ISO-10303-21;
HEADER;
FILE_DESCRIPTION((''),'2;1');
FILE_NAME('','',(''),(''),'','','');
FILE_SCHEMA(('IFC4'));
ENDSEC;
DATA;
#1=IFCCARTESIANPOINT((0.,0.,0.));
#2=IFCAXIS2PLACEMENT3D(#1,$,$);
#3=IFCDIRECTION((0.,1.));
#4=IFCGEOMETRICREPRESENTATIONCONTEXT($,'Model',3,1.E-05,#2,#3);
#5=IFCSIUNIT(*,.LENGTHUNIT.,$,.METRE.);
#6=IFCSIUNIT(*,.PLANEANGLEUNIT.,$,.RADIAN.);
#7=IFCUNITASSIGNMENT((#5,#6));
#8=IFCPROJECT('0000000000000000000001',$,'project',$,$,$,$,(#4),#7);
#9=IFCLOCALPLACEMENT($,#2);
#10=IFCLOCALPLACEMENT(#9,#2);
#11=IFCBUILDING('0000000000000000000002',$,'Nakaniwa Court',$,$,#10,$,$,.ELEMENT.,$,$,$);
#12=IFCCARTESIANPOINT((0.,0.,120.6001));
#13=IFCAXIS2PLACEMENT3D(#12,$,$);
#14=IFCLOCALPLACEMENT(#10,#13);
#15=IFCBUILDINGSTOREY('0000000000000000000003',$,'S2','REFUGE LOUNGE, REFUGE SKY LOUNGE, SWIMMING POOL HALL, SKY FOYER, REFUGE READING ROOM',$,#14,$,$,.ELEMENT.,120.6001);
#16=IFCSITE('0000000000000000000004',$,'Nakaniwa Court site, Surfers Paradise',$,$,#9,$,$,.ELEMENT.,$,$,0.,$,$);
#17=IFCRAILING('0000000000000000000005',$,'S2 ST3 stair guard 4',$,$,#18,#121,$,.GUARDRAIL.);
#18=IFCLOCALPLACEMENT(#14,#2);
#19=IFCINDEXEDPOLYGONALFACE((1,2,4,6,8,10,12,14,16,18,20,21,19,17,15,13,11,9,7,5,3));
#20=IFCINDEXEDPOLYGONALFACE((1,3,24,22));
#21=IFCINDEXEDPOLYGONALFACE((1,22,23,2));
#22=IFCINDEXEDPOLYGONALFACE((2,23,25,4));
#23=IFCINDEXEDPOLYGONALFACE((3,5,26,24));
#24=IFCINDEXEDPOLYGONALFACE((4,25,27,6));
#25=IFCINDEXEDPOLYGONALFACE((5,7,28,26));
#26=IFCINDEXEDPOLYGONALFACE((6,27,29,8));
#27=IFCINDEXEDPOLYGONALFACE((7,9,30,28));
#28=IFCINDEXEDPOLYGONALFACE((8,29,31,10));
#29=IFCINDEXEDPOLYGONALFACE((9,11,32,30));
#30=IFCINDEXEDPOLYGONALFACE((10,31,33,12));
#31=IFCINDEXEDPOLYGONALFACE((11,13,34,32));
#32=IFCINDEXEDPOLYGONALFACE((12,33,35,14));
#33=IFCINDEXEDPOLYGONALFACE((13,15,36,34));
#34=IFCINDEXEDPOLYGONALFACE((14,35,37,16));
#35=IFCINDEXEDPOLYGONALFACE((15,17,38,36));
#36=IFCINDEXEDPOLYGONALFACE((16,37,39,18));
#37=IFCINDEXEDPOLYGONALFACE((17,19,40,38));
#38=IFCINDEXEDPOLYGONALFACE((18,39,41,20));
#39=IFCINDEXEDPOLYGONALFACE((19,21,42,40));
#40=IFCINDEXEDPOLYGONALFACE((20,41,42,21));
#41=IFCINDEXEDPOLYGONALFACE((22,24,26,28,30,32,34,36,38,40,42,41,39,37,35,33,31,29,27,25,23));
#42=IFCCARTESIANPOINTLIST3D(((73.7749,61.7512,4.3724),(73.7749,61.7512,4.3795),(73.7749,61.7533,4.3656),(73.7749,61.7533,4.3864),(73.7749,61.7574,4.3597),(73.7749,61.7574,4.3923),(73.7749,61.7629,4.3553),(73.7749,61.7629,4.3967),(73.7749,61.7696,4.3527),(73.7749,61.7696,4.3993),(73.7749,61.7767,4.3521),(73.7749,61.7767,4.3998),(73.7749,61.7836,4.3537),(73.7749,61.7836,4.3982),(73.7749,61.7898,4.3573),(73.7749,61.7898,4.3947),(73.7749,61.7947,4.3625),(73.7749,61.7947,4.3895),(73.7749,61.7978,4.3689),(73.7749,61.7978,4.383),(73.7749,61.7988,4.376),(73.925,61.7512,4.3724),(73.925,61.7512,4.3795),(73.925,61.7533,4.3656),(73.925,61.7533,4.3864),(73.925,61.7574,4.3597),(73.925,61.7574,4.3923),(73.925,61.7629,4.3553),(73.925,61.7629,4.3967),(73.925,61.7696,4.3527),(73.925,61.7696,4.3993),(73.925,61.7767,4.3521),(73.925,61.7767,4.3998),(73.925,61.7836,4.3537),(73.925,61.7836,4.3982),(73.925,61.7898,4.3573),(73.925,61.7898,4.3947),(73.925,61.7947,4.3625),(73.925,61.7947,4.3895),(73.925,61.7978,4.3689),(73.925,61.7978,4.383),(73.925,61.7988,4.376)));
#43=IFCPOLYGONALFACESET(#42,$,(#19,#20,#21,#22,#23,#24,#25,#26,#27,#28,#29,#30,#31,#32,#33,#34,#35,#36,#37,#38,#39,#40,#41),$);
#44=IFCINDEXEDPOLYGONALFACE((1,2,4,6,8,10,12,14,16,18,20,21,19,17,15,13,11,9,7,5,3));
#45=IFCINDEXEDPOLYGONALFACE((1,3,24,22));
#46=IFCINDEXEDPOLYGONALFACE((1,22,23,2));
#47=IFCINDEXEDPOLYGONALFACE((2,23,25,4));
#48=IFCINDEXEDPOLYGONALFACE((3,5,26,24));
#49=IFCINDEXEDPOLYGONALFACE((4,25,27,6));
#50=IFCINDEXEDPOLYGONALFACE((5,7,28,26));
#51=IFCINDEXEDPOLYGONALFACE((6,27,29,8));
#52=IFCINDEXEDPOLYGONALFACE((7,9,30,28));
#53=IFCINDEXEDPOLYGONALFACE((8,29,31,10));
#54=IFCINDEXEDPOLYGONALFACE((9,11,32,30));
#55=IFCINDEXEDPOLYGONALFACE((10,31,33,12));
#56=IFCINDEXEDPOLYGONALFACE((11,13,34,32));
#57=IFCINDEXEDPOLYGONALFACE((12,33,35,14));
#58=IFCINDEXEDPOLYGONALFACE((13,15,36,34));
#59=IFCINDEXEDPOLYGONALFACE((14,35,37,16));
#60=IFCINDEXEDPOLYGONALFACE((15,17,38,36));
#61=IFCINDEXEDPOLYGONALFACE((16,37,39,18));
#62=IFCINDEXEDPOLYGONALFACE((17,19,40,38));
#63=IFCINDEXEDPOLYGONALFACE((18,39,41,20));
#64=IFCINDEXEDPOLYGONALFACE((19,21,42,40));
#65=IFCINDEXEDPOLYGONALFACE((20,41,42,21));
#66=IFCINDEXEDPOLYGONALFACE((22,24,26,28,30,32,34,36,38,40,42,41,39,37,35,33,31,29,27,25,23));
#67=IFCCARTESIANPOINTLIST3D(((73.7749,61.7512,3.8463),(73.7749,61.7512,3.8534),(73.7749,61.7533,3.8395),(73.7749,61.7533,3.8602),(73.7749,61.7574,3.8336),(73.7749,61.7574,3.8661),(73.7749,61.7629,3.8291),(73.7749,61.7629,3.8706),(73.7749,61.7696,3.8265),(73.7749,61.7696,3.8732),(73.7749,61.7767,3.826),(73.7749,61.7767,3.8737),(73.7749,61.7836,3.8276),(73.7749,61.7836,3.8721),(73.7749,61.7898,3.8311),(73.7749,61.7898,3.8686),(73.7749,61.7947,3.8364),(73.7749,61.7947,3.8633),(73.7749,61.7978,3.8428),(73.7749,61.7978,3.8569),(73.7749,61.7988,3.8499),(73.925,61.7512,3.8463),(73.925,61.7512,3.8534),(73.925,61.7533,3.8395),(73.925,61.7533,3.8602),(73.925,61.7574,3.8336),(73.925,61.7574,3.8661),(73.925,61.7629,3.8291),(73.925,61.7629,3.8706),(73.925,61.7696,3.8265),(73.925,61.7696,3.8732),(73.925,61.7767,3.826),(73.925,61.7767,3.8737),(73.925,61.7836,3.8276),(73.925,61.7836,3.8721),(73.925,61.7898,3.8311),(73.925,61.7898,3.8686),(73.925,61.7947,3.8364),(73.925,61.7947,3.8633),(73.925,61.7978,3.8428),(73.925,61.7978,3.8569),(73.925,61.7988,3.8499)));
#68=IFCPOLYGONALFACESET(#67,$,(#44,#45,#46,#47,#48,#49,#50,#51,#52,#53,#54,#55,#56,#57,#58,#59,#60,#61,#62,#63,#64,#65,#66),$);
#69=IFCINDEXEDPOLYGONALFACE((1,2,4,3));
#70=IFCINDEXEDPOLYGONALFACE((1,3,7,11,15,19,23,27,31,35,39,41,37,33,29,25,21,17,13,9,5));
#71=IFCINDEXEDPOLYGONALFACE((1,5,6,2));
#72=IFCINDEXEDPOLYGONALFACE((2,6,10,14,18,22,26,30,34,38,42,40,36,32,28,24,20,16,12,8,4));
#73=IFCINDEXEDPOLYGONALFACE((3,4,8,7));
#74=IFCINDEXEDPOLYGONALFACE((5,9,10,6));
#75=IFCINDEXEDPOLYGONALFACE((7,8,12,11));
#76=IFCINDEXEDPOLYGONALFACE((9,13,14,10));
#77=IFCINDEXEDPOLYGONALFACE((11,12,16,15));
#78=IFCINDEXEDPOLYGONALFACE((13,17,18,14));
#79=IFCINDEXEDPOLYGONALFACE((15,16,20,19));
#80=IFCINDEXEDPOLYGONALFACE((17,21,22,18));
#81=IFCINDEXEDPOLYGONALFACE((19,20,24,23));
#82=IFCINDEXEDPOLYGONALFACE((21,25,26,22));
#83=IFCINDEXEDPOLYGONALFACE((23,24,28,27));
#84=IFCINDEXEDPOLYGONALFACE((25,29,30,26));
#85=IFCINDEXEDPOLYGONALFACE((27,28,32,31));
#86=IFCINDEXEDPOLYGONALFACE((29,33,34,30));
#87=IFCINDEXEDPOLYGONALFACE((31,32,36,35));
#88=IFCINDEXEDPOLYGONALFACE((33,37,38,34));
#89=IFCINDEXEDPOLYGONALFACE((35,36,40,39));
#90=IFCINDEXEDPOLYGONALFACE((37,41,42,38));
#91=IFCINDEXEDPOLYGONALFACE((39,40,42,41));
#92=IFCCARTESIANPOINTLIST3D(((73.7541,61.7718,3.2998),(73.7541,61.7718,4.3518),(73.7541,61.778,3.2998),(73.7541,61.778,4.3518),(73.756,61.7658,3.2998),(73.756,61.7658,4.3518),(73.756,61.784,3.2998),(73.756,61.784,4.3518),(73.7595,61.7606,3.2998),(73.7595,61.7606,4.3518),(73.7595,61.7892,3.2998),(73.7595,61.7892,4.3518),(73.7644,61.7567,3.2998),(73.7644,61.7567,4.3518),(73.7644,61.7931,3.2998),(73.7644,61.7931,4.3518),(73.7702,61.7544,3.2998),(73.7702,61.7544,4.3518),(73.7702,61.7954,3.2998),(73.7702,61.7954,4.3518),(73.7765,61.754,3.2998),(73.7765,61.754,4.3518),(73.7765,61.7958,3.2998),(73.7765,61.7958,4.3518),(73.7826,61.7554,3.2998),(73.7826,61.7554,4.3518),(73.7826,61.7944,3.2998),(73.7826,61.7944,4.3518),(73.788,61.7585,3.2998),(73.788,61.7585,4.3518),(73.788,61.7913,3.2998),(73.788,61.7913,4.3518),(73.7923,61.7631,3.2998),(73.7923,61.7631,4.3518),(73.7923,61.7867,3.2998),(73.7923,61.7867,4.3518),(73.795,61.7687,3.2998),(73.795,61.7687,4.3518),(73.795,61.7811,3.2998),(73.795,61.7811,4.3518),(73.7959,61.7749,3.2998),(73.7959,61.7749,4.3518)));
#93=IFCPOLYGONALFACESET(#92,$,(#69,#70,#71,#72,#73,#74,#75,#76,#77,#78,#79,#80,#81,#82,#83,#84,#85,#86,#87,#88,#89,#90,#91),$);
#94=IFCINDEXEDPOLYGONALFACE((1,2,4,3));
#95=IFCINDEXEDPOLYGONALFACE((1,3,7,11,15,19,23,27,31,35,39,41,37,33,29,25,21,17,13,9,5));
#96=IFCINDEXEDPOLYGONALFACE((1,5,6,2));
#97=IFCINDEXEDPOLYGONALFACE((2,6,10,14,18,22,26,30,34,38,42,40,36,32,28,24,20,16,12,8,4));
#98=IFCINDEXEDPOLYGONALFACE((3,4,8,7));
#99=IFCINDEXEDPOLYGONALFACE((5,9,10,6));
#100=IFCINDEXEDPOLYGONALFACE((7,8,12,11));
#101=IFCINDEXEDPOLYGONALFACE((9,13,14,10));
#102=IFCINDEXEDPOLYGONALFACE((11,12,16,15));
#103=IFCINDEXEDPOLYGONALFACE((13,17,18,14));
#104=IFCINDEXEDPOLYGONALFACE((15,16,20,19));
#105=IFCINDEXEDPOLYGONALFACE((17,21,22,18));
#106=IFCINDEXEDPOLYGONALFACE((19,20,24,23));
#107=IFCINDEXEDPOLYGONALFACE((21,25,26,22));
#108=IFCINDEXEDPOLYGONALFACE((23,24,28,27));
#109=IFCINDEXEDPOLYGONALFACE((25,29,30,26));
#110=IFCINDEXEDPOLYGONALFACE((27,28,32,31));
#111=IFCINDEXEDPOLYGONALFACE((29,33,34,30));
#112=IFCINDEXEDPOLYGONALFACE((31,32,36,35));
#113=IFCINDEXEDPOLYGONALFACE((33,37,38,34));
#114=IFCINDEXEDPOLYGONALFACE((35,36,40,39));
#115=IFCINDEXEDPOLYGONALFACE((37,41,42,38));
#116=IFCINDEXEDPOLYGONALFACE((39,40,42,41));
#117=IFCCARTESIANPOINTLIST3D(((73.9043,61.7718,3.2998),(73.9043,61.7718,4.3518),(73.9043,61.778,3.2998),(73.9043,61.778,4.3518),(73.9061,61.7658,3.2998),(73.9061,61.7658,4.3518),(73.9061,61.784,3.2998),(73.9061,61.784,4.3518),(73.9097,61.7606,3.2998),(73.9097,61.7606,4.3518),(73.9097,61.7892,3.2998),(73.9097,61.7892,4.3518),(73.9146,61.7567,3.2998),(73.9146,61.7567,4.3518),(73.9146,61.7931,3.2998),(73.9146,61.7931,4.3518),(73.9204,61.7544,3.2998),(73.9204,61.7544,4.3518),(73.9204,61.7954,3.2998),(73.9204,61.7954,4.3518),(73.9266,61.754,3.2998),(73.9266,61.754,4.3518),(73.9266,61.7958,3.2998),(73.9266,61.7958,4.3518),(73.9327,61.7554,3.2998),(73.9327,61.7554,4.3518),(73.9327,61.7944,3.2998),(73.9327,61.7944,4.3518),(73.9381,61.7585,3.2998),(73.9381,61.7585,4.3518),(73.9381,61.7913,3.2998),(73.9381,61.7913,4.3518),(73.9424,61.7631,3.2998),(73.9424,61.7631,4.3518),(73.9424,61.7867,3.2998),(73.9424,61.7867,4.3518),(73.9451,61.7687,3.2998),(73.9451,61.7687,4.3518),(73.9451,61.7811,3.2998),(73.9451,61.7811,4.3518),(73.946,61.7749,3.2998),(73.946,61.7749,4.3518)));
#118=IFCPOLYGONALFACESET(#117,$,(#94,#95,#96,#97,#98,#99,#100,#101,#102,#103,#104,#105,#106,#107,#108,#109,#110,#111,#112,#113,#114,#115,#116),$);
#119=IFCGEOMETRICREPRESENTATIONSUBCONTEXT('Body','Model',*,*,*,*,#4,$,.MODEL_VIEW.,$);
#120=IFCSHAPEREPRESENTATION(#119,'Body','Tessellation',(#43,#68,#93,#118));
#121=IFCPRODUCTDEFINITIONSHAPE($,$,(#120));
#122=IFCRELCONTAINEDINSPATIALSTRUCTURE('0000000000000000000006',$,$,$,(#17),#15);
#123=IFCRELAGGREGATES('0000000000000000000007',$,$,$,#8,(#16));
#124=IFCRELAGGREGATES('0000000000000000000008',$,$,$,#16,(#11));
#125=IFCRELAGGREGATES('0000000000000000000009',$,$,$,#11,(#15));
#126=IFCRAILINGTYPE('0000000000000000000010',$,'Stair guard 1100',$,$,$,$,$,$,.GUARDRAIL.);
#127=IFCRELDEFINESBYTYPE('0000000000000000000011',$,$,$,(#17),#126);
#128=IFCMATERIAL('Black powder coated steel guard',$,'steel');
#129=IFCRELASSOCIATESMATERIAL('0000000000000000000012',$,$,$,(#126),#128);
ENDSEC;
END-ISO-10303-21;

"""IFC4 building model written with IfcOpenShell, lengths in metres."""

from ifc_helpers import new_model, si_unit, direction, frame, origin, origin_2d, place, context, subcontext, project, spatial, circle, extrude, material, type_object, element, save


model = new_model("IFC4")

# Units and contexts
model_context = context("Model", 3, precision=1e-05, world=origin(), true_north=direction((0.0, 1.0)))
body_context = subcontext(model_context, "Body", "Model", "MODEL_VIEW")
ifc_project = project(units=[si_unit("LENGTHUNIT", "METRE"), si_unit("PLANEANGLEUNIT", "RADIAN")], contexts=[model_context])

# Site, building, storey
site_placement = place(None, origin())
site = spatial("IfcSite", under=ifc_project, at=site_placement, Name="Nakaniwa Court site, Surfers Paradise", CompositionType="ELEMENT", RefElevation=0.0)
building_placement = place(site_placement, origin())
building = spatial("IfcBuilding", under=site, at=building_placement, Name="Nakaniwa Court", CompositionType="ELEMENT")
storey_placement = place(building_placement, frame((0.0, 0.0, 120.6001)))
storey = spatial("IfcBuildingStorey", under=building, at=storey_placement, Name="S2", Description="REFUGE LOUNGE, REFUGE SKY LOUNGE, SWIMMING POOL HALL, SKY FOYER, REFUGE READING ROOM", CompositionType="ELEMENT", Elevation=120.6001)

# Railing
ifc_material_1 = material(Name="Black powder coated steel guard", Category="steel")
railing_type_1 = type_object("IfcRailingType", Name="Stair guard 1100", PredefinedType="GUARDRAIL", material=ifc_material_1)
railing_1_placement = place(storey_placement, frame((73.7749, 61.7749, 3.2998)))
element("IfcRailing", 1, at=railing_1_placement, inside=storey, type_object=railing_type_1, Name="S2 ST3 stair guard 4", PredefinedType="GUARDRAIL", context=body_context, shape_type="SweptSolid", body=[
    extrude(circle(Radius=0.0239, at=origin_2d()), frame((0.0, 0.0, 1.0762), z_axis=(1.0, 0.0, 0.0), x_axis=(0.0, 1.0, 0.0)), (0.0, 0.0, 1.0), 0.1501),
    extrude(circle(Radius=0.0239, at=origin_2d()), frame((0.0, 0.0, 0.55), z_axis=(1.0, 0.0, 0.0), x_axis=(0.0, 1.0, 0.0)), (0.0, 0.0, 1.0), 0.1501),
    extrude(circle(Radius=0.021, at=origin_2d()), origin(), (0.0, 0.0, 1.0), 1.052),
    extrude(circle(Radius=0.021, at=origin_2d()), frame((0.1501, 0.0, 0.0)), (0.0, 0.0, 1.0), 1.052),
])

save(model, "model.ifc")
